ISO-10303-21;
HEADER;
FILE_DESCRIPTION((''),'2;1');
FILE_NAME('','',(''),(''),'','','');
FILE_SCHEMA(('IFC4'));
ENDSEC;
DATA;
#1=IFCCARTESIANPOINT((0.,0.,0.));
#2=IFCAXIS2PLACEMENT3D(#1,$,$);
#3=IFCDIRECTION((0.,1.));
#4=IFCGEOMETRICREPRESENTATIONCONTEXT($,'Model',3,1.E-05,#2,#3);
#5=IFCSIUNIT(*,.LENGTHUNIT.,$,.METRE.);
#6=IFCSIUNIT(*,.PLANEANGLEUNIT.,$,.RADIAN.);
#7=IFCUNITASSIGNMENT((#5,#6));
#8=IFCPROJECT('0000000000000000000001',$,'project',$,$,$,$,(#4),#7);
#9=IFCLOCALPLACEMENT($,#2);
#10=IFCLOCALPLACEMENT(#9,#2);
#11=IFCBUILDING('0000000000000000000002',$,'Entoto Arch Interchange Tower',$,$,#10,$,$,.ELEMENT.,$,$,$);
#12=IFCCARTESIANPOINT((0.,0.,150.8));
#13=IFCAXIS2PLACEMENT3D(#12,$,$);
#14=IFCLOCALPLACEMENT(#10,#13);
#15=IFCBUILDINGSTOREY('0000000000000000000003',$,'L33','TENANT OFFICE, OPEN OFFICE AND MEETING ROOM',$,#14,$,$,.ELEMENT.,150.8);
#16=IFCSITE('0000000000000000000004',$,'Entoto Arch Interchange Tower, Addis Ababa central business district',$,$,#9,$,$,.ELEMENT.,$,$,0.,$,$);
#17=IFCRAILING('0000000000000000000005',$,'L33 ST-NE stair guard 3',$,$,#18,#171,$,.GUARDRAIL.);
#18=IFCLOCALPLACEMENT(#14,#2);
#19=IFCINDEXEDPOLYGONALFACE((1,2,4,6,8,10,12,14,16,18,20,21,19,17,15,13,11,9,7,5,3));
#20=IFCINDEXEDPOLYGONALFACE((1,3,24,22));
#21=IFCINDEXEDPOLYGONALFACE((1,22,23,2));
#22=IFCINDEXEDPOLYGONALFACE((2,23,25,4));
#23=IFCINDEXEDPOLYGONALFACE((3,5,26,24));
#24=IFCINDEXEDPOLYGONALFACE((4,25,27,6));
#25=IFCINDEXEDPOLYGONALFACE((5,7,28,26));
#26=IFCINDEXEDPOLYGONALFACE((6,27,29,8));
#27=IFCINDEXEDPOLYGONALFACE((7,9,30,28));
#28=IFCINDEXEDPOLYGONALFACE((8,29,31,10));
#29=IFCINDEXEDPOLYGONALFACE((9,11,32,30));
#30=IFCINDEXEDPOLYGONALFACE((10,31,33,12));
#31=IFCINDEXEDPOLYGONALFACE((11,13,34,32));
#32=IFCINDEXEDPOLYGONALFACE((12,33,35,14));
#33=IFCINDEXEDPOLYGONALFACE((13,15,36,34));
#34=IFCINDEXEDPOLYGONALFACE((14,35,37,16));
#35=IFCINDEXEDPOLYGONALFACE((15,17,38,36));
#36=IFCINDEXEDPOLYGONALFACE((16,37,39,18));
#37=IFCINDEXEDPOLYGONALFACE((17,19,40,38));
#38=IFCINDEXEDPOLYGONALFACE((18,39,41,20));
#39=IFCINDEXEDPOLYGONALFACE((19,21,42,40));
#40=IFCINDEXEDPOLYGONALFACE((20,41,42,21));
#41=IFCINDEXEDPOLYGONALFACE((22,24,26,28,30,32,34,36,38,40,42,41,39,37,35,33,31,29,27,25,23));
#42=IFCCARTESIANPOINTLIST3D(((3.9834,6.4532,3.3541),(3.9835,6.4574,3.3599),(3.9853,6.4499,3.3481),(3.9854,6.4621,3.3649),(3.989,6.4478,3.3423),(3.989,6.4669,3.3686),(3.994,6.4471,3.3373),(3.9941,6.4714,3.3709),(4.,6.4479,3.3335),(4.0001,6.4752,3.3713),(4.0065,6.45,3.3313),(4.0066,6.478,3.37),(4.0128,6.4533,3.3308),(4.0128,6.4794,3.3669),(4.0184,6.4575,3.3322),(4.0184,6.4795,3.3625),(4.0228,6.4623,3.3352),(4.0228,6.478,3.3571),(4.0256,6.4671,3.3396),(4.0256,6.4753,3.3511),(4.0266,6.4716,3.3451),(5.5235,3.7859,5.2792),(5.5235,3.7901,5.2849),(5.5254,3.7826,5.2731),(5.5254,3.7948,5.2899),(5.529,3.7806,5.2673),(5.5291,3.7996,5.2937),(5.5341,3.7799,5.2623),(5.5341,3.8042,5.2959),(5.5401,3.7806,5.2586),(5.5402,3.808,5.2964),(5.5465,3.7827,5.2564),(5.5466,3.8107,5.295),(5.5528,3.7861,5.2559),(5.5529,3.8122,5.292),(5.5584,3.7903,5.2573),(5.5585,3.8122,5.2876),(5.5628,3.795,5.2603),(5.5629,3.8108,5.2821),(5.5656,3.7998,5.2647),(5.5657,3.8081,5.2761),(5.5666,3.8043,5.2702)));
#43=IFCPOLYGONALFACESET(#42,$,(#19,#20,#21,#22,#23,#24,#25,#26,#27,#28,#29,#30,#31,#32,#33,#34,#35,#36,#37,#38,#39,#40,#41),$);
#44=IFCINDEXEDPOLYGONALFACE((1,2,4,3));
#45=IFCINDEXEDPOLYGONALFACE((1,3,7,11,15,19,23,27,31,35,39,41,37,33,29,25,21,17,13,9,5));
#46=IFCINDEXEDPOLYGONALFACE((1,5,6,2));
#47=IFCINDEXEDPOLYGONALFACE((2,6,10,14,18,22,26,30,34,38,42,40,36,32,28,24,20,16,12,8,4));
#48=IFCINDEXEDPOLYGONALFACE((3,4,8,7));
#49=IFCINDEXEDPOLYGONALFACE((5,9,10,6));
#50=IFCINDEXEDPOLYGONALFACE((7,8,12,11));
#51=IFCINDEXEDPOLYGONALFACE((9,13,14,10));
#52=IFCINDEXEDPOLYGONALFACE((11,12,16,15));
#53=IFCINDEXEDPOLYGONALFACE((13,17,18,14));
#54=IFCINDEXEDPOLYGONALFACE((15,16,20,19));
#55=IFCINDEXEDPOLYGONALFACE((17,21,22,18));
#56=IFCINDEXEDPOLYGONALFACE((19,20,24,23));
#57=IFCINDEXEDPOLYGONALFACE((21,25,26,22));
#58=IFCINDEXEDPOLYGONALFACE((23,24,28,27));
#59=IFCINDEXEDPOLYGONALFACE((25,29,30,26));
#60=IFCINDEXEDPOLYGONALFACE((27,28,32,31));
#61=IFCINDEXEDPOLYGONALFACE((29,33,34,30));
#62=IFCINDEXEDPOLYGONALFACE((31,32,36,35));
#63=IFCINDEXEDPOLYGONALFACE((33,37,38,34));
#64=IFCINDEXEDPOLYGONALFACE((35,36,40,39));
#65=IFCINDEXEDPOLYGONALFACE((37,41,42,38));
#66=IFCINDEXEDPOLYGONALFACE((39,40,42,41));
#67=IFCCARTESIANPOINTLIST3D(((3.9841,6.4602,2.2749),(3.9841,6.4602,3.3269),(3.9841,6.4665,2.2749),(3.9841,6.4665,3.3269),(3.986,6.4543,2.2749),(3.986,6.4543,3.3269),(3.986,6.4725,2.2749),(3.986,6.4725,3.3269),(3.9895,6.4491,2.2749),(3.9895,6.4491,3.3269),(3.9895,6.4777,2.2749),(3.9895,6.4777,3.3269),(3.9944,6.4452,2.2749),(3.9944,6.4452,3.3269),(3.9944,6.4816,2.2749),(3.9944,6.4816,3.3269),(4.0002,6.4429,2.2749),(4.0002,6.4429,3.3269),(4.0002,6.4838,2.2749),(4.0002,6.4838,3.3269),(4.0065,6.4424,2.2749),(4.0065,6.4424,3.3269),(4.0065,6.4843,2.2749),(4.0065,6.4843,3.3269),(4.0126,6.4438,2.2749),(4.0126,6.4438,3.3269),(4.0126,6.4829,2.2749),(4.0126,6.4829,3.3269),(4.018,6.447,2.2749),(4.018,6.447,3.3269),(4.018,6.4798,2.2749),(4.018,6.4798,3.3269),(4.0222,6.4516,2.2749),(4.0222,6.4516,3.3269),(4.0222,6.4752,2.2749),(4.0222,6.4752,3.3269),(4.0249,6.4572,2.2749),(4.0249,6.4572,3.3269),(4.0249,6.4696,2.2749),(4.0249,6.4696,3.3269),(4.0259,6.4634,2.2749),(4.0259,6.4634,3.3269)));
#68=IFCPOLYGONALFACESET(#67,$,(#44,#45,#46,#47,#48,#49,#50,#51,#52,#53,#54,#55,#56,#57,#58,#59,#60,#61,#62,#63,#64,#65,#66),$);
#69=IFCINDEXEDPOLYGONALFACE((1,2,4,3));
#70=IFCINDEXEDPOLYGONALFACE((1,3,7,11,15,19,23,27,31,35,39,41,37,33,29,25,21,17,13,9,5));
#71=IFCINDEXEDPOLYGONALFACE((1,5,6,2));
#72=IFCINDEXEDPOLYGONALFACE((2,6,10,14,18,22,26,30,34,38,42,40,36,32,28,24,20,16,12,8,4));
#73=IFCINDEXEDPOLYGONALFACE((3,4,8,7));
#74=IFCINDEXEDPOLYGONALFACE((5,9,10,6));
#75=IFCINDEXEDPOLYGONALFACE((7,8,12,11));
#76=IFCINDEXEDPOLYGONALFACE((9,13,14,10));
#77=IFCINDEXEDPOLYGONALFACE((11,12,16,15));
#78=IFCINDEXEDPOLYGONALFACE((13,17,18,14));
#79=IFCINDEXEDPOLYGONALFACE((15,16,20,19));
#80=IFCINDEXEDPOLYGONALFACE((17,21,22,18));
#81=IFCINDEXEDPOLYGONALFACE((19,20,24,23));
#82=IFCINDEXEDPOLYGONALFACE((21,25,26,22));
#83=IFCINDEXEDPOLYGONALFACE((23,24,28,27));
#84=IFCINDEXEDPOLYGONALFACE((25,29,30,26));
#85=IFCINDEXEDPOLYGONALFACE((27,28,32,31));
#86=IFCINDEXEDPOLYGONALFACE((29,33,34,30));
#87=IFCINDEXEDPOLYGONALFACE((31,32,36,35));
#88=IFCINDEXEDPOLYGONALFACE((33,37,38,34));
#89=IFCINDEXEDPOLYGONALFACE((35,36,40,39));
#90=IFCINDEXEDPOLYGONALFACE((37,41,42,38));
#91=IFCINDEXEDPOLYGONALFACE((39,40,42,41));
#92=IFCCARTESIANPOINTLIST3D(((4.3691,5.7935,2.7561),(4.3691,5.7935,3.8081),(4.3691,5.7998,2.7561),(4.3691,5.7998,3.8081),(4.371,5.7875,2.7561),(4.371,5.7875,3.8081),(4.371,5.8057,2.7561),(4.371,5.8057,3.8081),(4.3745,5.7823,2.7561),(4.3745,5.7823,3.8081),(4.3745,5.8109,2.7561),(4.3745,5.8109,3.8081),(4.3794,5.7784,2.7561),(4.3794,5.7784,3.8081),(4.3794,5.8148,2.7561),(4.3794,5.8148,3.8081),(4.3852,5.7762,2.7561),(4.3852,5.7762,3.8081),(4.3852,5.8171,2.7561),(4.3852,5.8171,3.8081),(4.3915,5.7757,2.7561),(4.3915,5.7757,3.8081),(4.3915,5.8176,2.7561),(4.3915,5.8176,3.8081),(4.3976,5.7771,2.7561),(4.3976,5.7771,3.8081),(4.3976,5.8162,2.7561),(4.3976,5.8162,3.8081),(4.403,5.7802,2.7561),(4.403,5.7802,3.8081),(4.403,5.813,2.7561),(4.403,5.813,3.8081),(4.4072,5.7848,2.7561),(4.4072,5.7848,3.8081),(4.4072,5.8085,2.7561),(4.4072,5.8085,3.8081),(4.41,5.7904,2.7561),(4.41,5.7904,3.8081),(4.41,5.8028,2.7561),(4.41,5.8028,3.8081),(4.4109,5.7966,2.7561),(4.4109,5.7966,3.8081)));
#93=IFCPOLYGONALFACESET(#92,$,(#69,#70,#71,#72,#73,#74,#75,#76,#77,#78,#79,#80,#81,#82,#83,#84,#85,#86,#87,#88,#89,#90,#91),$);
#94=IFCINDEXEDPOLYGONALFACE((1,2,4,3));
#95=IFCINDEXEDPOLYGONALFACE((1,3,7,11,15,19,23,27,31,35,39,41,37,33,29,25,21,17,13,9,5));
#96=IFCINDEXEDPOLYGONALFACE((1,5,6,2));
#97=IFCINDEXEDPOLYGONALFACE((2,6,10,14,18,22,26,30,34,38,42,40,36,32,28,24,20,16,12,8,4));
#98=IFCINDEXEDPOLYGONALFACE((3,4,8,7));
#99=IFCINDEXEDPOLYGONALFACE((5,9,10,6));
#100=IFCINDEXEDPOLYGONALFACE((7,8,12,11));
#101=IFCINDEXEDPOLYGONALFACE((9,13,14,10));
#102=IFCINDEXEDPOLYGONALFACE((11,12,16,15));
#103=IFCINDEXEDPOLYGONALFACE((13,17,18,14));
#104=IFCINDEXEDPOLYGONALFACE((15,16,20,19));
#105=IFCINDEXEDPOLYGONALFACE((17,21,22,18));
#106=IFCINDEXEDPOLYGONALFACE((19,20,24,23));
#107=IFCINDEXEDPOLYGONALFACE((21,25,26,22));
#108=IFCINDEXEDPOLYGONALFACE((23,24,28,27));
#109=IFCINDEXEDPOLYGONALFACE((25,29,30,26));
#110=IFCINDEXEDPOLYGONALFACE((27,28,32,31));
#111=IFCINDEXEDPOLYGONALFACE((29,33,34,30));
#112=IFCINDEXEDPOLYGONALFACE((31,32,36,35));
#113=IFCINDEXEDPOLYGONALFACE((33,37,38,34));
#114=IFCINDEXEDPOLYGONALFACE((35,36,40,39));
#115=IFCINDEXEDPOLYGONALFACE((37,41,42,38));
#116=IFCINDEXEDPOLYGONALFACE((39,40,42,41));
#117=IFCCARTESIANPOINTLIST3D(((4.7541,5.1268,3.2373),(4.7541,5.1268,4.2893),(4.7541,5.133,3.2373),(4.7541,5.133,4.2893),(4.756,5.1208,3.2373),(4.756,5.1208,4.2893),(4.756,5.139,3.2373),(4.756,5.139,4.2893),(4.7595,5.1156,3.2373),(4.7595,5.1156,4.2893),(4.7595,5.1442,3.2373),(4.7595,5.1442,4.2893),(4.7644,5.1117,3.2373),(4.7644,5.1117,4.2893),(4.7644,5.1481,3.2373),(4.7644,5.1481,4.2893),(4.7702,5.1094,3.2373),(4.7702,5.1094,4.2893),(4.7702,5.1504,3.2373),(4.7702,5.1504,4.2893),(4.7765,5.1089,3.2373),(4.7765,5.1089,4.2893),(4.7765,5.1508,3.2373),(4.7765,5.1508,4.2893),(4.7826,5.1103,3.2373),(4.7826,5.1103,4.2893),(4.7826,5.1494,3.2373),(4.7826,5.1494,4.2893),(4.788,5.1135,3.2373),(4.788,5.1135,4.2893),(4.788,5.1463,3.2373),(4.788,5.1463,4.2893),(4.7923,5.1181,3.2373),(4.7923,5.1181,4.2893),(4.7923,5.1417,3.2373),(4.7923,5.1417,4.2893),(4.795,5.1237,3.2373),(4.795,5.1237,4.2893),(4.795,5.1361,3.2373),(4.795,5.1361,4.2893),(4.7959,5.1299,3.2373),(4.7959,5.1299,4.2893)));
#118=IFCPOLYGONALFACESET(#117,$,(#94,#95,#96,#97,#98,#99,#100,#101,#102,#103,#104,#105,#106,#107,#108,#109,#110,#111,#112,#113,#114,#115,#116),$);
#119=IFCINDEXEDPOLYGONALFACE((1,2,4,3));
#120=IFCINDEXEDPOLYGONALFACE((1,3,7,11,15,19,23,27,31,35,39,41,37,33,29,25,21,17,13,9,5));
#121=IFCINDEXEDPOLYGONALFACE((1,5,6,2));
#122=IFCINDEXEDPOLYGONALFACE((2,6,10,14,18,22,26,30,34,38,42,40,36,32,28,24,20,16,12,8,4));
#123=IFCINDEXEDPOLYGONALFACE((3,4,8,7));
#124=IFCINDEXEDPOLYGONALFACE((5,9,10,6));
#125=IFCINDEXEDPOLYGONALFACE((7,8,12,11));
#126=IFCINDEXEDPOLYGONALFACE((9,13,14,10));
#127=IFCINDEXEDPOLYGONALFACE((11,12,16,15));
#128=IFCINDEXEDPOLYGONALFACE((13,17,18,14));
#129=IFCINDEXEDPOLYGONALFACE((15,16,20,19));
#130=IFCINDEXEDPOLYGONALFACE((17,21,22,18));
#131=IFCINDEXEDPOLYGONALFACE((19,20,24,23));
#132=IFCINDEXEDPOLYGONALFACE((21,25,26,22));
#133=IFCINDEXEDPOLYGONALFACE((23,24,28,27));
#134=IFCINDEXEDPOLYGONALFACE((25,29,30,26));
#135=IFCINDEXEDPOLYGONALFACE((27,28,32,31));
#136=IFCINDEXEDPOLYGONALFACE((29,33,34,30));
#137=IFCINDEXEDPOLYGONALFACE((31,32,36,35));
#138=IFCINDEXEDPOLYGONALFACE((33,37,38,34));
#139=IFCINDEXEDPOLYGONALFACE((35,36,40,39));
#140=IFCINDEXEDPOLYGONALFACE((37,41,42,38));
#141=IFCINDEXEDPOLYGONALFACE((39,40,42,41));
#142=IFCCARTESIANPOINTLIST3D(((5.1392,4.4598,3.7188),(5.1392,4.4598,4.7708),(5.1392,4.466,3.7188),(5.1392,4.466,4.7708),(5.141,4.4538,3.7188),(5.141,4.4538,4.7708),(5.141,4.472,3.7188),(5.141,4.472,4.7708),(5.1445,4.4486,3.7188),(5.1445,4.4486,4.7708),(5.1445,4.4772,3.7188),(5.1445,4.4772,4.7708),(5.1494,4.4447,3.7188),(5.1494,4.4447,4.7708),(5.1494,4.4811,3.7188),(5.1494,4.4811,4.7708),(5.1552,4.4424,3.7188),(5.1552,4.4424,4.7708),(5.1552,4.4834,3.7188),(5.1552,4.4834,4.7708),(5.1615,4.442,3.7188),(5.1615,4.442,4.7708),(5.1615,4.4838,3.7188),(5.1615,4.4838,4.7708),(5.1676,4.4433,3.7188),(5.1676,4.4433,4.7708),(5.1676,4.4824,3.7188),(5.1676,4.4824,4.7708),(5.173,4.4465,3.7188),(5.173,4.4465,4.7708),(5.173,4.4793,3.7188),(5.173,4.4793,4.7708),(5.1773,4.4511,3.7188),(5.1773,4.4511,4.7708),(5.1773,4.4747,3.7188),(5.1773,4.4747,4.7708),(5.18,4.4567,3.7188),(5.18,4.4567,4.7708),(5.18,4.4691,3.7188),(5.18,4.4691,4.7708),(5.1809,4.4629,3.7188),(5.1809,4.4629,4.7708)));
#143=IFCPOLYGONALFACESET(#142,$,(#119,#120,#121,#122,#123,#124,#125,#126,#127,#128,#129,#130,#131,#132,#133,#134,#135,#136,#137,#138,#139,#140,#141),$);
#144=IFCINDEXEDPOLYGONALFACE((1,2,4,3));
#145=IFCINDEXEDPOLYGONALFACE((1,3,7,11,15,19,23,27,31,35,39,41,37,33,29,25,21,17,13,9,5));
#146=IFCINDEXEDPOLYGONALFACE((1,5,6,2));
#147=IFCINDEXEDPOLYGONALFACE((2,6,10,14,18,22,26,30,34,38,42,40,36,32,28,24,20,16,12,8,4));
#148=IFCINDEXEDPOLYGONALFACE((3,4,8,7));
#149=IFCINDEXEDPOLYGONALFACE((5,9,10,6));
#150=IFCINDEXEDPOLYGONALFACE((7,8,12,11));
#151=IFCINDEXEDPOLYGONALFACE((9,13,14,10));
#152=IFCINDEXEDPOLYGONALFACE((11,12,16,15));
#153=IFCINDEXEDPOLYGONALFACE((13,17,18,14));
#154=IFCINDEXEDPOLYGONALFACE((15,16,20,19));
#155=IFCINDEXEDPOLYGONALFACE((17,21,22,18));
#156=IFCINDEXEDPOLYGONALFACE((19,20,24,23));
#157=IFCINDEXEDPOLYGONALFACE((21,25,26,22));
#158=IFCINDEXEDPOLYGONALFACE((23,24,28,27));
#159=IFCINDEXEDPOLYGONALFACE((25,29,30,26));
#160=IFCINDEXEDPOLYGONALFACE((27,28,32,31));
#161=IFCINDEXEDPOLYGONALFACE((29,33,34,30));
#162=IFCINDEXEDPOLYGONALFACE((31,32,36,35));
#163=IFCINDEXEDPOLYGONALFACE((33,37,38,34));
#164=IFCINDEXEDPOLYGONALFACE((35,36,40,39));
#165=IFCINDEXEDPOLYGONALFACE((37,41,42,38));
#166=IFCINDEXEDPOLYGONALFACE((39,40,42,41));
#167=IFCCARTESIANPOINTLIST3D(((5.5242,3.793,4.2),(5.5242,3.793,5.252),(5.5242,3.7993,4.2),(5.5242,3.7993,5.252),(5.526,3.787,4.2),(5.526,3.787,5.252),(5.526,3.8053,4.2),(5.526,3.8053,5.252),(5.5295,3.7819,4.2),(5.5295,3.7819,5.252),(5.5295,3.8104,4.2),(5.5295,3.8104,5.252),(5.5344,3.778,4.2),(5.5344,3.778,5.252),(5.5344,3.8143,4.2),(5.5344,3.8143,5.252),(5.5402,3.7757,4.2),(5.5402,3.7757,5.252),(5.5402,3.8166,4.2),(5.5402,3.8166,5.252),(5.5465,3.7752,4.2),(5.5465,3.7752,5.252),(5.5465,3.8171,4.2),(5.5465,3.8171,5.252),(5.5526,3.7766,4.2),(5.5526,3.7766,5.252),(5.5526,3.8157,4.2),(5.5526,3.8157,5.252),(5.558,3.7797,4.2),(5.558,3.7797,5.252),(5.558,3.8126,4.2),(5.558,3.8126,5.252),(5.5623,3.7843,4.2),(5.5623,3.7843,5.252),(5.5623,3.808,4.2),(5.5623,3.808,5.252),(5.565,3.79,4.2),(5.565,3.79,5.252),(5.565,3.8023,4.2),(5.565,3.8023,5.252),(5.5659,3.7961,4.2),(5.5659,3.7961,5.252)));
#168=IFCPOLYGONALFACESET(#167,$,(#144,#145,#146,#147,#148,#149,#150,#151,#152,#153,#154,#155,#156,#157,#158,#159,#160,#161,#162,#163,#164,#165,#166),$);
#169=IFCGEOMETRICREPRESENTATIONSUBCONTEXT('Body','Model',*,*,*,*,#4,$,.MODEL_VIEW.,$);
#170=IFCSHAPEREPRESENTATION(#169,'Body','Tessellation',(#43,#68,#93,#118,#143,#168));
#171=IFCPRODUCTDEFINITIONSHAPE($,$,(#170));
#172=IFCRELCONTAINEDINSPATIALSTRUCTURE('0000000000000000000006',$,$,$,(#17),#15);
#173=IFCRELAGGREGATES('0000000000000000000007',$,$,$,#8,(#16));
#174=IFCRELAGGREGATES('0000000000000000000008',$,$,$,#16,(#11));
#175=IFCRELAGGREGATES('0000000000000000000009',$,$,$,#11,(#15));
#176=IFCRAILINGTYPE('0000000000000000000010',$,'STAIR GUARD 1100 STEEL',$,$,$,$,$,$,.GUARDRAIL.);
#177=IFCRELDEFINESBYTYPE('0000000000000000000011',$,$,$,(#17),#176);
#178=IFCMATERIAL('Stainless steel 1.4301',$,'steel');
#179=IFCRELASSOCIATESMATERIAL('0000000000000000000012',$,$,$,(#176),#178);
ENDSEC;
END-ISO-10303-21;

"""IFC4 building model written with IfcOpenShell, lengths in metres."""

from ifc_helpers import new_model, si_unit, direction, frame, origin, origin_2d, place, context, subcontext, project, spatial, circle, extrude, material, type_object, element, save


model = new_model("IFC4")

# Units and contexts
model_context = context("Model", 3, precision=1e-05, world=origin(), true_north=direction((0.0, 1.0)))
body_context = subcontext(model_context, "Body", "Model", "MODEL_VIEW")
ifc_project = project(units=[si_unit("LENGTHUNIT", "METRE"), si_unit("PLANEANGLEUNIT", "RADIAN")], contexts=[model_context])

# Site, building, storey
site_placement = place(None, origin())
site = spatial("IfcSite", under=ifc_project, at=site_placement, Name="Entoto Arch Interchange Tower, Addis Ababa central business district", CompositionType="ELEMENT", RefElevation=0.0)
building_placement = place(site_placement, origin())
building = spatial("IfcBuilding", under=site, at=building_placement, Name="Entoto Arch Interchange Tower", CompositionType="ELEMENT")
storey_placement = place(building_placement, frame((0.0, 0.0, 150.8)))
storey = spatial("IfcBuildingStorey", under=building, at=storey_placement, Name="L33", Description="TENANT OFFICE, OPEN OFFICE AND MEETING ROOM", CompositionType="ELEMENT", Elevation=150.8)

# Railing
ifc_material_1 = material(Name="Stainless steel 1.4301", Category="steel")
railing_type = type_object("IfcRailingType", Name="STAIR GUARD 1100 STEEL", PredefinedType="GUARDRAIL", material=ifc_material_1)
railing_1_placement = place(storey_placement, frame((4.0049, 6.4634, 2.2749)))
element("IfcRailing", 1, at=railing_1_placement, inside=storey, type_object=railing_type, Name="L33 ST-NE stair guard 3", PredefinedType="GUARDRAIL", context=body_context, shape_type="SweptSolid", body=[
    extrude(circle(Radius=0.0239, at=origin_2d()), frame((0.0, 0.0, 1.0762), z_axis=(0.424015, -0.734364, 0.530019), x_axis=(0.86601, 0.500027, 0.0)), (0.0, 0.0, 1.0), 3.6321),
    extrude(circle(Radius=0.021, at=origin_2d()), origin(), (0.0, 0.0, 1.0), 1.052),
    extrude(circle(Radius=0.021, at=origin_2d()), frame((0.385, -0.6667, 0.4812)), (0.0, 0.0, 1.0), 1.052),
    extrude(circle(Radius=0.021, at=origin_2d()), frame((0.77, -1.3335, 0.9624)), (0.0, 0.0, 1.0), 1.052),
    extrude(circle(Radius=0.021, at=origin_2d()), frame((1.155, -2.0005, 1.4438)), (0.0, 0.0, 1.0), 1.052),
    extrude(circle(Radius=0.021, at=origin_2d()), frame((1.54, -2.6672, 1.925)), (0.0, 0.0, 1.0), 1.052),
])

save(model, "model.ifc")
